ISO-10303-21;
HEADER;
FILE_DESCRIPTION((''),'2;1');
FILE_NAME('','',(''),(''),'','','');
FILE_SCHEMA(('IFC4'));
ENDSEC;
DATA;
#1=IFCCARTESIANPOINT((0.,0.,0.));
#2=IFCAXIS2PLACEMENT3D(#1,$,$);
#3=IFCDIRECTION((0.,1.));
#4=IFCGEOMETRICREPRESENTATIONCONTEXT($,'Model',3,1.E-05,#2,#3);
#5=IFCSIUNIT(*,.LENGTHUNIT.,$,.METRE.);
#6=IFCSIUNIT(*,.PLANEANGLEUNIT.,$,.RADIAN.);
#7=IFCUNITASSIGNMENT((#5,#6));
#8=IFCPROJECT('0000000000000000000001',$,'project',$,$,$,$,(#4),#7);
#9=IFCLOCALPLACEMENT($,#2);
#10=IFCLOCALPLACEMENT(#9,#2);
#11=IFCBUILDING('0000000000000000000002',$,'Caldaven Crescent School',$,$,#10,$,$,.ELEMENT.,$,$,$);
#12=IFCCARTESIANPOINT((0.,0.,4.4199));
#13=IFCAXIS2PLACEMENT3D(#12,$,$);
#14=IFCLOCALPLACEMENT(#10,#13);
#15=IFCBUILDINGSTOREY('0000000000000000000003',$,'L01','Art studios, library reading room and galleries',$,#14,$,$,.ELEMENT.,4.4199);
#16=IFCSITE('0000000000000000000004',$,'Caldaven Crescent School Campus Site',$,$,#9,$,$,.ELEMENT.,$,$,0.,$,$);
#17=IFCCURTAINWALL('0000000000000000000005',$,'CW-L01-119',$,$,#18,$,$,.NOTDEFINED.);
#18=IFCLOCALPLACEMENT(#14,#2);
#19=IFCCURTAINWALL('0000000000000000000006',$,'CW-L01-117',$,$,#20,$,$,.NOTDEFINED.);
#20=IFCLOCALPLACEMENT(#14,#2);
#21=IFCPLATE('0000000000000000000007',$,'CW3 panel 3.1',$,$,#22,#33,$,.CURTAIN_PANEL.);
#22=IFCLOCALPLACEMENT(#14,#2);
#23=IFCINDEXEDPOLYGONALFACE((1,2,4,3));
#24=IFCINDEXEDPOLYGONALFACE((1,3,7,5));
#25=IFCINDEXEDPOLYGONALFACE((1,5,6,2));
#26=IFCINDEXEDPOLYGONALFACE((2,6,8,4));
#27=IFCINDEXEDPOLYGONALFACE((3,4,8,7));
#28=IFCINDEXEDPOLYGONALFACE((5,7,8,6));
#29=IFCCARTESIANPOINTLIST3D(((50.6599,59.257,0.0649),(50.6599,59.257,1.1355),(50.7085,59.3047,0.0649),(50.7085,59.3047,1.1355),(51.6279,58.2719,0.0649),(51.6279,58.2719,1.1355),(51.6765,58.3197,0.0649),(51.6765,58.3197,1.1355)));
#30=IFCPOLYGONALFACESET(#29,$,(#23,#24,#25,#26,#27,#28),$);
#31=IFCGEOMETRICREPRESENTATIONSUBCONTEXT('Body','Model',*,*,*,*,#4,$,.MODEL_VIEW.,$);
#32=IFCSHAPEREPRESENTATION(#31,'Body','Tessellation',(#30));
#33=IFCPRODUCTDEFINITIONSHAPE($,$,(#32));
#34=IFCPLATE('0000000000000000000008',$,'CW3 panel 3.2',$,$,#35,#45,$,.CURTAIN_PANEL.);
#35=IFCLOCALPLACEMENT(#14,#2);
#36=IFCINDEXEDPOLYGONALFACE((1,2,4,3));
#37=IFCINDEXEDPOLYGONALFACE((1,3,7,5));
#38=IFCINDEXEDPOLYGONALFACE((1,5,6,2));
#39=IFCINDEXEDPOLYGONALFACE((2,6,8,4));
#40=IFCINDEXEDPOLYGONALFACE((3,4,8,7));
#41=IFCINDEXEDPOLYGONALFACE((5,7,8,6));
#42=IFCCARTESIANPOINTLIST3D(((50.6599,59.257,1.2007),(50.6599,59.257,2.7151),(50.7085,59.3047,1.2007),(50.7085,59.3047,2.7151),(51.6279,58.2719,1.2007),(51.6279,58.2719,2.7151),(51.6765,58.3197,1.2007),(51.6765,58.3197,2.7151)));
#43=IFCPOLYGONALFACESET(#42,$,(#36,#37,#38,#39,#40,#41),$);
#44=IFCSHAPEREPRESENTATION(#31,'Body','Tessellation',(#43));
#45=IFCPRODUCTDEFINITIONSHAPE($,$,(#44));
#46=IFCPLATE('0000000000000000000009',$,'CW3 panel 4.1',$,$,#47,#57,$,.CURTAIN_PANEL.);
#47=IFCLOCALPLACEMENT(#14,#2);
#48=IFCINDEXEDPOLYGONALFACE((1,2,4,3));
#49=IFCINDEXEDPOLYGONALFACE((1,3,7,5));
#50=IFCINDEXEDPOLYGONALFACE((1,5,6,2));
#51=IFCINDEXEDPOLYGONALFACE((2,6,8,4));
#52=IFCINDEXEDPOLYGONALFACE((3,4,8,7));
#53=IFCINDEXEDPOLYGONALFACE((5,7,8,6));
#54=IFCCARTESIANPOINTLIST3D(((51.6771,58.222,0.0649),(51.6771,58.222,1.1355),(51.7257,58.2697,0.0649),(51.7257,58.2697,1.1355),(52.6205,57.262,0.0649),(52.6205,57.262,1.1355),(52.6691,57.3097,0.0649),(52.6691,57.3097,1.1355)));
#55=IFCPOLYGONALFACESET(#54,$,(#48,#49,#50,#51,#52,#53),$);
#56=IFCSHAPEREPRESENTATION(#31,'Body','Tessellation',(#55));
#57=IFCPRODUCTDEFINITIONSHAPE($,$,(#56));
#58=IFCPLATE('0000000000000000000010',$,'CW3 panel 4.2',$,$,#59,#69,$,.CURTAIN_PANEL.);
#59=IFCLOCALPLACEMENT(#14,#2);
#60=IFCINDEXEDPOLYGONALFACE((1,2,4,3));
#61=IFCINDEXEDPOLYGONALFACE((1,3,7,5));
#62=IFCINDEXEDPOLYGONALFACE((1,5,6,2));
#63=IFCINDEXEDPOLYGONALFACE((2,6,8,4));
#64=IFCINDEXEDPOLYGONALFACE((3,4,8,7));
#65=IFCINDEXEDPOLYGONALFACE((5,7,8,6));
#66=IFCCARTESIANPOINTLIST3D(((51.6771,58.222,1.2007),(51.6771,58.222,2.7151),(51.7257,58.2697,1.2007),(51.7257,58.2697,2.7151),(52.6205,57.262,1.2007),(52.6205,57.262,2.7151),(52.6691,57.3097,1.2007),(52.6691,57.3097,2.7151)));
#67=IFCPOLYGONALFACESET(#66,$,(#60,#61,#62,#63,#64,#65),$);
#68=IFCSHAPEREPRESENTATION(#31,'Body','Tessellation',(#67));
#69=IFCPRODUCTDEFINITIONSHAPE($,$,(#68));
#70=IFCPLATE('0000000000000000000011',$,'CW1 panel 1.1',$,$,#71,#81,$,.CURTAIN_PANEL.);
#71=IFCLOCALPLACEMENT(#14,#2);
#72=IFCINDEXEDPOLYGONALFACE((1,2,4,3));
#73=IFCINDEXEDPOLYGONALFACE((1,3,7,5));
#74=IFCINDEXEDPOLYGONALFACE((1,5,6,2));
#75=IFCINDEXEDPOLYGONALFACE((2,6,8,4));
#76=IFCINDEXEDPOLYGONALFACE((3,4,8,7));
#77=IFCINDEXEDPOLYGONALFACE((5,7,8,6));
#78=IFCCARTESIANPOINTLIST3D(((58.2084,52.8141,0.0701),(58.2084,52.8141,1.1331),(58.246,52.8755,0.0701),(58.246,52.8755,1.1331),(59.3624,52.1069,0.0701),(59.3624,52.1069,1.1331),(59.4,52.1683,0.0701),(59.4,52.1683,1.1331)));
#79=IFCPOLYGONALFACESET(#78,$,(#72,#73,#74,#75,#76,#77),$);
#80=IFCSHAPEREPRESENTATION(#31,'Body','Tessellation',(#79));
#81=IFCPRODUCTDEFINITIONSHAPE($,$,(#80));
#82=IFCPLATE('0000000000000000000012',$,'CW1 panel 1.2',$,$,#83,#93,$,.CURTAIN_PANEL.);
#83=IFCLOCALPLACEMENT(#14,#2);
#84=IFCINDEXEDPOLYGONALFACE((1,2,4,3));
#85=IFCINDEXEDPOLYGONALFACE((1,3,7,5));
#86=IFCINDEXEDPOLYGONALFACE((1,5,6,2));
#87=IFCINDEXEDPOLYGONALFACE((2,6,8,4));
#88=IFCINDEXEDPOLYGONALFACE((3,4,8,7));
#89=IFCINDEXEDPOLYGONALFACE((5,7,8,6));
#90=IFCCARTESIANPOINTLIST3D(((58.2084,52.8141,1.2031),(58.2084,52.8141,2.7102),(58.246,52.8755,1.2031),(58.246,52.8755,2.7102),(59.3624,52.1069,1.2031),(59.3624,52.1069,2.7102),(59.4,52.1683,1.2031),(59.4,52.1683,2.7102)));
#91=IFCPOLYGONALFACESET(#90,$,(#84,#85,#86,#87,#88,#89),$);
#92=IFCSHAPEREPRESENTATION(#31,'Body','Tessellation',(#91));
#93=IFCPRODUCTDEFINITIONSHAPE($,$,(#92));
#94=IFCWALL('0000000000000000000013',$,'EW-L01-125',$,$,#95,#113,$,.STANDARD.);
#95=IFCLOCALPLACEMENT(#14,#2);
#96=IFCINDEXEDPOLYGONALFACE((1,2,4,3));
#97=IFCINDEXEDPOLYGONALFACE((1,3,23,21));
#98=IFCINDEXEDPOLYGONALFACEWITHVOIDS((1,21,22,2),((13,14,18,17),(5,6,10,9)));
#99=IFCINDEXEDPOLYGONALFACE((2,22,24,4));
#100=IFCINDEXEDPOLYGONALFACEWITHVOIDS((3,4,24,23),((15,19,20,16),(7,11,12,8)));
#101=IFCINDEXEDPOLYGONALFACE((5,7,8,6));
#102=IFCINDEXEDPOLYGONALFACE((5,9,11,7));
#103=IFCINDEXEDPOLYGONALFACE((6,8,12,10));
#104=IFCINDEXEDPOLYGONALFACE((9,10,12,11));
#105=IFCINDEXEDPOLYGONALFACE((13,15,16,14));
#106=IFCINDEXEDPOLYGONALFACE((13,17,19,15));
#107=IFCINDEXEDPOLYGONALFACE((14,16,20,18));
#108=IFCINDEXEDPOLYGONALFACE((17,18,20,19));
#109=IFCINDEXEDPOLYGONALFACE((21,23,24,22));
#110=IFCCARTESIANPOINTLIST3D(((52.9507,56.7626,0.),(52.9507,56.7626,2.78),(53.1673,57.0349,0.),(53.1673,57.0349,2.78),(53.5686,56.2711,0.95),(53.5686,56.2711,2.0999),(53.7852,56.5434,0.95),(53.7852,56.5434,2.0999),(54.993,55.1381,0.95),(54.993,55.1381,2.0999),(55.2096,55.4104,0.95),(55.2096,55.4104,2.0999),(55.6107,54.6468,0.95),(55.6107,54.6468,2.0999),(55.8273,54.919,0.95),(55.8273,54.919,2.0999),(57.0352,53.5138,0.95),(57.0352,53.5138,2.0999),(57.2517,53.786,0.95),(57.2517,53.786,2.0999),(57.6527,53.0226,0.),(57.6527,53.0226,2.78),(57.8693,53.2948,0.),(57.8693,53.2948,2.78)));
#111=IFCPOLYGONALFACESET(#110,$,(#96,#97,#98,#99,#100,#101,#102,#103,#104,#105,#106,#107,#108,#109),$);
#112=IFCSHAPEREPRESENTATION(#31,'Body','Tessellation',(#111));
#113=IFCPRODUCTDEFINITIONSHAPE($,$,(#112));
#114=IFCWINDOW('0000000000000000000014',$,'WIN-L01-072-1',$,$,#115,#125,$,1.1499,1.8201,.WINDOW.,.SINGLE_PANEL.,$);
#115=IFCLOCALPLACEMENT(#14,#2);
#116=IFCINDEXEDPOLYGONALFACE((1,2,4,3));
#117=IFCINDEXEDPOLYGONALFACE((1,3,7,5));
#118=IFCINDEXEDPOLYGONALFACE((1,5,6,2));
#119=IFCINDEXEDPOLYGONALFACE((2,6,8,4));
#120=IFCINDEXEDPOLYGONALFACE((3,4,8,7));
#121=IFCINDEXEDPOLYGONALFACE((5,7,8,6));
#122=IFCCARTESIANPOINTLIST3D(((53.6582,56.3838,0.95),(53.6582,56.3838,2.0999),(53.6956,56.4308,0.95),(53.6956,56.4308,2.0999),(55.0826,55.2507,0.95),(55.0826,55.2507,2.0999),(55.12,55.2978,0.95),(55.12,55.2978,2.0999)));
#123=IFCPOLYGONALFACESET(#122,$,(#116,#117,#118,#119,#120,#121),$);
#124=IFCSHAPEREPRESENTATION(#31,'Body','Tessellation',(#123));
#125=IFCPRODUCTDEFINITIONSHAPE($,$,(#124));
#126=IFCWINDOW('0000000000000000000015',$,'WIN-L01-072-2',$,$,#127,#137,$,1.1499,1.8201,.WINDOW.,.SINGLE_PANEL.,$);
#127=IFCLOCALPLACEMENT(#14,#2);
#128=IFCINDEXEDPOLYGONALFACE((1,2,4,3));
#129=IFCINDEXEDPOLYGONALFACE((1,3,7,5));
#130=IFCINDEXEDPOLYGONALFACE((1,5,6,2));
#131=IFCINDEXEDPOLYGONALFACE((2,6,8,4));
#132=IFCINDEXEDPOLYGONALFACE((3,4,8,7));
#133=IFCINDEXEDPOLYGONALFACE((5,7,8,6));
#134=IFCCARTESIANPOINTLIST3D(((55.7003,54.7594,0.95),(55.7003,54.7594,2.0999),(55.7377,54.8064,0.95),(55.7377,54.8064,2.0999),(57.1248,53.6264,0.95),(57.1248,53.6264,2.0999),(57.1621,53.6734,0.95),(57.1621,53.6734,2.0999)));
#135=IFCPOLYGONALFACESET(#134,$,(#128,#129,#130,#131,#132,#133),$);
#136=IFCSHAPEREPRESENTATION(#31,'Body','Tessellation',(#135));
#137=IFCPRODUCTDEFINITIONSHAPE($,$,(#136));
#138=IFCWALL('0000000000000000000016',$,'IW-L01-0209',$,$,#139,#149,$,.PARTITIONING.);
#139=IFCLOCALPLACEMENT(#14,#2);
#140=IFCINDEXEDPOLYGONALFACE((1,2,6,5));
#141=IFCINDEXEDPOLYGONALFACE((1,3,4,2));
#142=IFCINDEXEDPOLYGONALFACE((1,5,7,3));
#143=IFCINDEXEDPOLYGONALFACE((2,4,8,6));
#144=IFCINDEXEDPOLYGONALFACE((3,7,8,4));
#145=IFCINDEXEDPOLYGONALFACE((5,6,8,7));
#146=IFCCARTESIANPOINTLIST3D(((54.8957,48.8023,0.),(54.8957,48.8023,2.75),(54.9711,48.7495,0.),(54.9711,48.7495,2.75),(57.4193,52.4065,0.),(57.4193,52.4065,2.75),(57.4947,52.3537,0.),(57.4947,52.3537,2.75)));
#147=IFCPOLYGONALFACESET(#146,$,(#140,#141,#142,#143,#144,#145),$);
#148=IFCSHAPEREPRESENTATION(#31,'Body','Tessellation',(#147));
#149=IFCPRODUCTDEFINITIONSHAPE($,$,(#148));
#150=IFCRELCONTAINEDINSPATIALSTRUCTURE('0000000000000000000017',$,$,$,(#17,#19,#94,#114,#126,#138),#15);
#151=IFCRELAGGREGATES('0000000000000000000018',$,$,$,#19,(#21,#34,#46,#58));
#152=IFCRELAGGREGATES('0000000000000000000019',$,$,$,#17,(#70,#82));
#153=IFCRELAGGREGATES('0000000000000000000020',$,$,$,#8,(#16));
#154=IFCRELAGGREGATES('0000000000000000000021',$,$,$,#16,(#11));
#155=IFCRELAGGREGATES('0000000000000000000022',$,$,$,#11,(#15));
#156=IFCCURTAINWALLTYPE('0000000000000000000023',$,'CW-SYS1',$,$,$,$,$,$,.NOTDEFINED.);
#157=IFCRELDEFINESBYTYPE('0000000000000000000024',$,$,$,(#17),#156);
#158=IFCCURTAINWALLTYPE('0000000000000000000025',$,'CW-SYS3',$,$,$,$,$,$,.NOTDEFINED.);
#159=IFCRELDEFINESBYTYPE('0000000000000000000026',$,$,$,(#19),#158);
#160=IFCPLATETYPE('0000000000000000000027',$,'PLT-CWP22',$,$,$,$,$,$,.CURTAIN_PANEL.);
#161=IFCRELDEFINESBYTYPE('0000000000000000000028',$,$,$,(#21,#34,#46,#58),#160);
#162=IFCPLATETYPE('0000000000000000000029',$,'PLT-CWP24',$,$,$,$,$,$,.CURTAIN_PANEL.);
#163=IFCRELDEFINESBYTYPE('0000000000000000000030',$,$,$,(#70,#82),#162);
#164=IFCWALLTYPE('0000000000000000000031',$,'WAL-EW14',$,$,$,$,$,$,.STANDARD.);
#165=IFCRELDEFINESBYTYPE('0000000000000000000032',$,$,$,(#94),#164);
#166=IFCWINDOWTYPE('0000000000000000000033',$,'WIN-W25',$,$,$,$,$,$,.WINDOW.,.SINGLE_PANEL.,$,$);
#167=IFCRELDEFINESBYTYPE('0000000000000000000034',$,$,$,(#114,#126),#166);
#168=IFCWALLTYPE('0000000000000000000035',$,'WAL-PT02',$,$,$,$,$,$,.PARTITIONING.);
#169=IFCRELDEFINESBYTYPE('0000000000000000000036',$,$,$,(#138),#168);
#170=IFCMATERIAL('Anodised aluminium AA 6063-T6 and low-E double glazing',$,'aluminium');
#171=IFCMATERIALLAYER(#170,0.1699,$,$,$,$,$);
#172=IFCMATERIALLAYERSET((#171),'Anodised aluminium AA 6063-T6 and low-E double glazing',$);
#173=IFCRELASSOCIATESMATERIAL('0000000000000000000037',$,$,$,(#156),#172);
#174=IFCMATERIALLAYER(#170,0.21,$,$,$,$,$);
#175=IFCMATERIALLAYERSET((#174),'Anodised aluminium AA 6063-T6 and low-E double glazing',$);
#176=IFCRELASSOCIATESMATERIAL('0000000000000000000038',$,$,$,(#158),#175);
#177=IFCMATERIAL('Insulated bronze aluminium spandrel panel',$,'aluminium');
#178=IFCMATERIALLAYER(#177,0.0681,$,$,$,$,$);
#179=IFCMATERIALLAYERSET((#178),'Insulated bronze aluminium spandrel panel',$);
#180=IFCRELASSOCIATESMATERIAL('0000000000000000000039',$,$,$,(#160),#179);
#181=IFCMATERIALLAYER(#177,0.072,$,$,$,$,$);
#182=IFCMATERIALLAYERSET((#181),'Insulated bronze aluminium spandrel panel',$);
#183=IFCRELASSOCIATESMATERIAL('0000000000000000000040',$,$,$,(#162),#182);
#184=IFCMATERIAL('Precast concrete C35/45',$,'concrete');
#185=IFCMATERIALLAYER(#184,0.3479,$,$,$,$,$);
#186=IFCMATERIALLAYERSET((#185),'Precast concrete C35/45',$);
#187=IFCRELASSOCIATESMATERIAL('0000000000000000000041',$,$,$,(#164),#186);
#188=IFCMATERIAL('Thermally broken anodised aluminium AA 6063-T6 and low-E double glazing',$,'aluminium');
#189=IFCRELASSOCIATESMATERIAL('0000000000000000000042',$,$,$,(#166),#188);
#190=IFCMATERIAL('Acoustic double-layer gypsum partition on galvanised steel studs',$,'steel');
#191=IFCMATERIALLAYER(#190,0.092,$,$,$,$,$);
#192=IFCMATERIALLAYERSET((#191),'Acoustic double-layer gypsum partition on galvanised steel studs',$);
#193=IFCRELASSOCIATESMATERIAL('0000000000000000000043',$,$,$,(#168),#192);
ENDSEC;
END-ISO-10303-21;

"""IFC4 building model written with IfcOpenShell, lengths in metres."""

from ifc_helpers import new_model, si_unit, direction, frame, frame_2d, origin, origin_2d, place, context, subcontext, project, spatial, rectangle, extrude, material, layer, layer_set, type_object, element, fill, aggregate, save


model = new_model("IFC4")

# Units and contexts
model_context = context("Model", 3, precision=1e-05, world=origin(), true_north=direction((0.0, 1.0)))
body_context = subcontext(model_context, "Body", "Model", "MODEL_VIEW")
ifc_project = project(units=[si_unit("LENGTHUNIT", "METRE"), si_unit("PLANEANGLEUNIT", "RADIAN")], contexts=[model_context])

# Site, building, storey
site_placement = place(None, origin())
site = spatial("IfcSite", under=ifc_project, at=site_placement, Name="Caldaven Crescent School Campus Site", CompositionType="ELEMENT", RefElevation=0.0)
building_placement = place(site_placement, origin())
building = spatial("IfcBuilding", under=site, at=building_placement, Name="Caldaven Crescent School", CompositionType="ELEMENT")
storey_placement = place(building_placement, frame((0.0, 0.0, 4.4199)))
storey = spatial("IfcBuildingStorey", under=building, at=storey_placement, Name="L01", Description="Art studios, library reading room and galleries", CompositionType="ELEMENT", Elevation=4.4199)

# Curtain walls
ifc_material_1 = material(Name="Anodised aluminium AA 6063-T6 and low-E double glazing", Category="aluminium")
ifc_layer_1 = layer(ifc_material_1, 0.1699)
ifc_layer_set_1 = layer_set([ifc_layer_1], Name="Anodised aluminium AA 6063-T6 and low-E double glazing")
curtain_wall_type_1 = type_object("IfcCurtainWallType", Name="CW-SYS1", PredefinedType="NOTDEFINED", material=ifc_layer_set_1)
curtain_wall_1_placement = place(storey_placement, origin())
curtain_wall_1 = element("IfcCurtainWall", 1, at=curtain_wall_1_placement, inside=storey, type_object=curtain_wall_type_1, Name="CW-L01-119", PredefinedType="NOTDEFINED")
ifc_layer_2 = layer(ifc_material_1, 0.21)
ifc_layer_set_2 = layer_set([ifc_layer_2], Name="Anodised aluminium AA 6063-T6 and low-E double glazing")
curtain_wall_type_2 = type_object("IfcCurtainWallType", Name="CW-SYS3", PredefinedType="NOTDEFINED", material=ifc_layer_set_2)
curtain_wall_2_placement = place(storey_placement, origin())
curtain_wall_2 = element("IfcCurtainWall", 2, at=curtain_wall_2_placement, inside=storey, type_object=curtain_wall_type_2, Name="CW-L01-117", PredefinedType="NOTDEFINED")

# Plates
ifc_material_2 = material(Name="Insulated bronze aluminium spandrel panel", Category="aluminium")
ifc_layer_3 = layer(ifc_material_2, 0.0681)
ifc_layer_set_3 = layer_set([ifc_layer_3], Name="Insulated bronze aluminium spandrel panel")
plate_type_1 = type_object("IfcPlateType", Name="PLT-CWP22", PredefinedType="CURTAIN_PANEL", material=ifc_layer_set_3)
plate_1_placement = place(storey_placement, frame((51.1682, 58.7883, 0.0649), z_axis=(0.0, 0.0, 1.0), x_axis=(0.700909, -0.713251, 0.0)))
plate_1 = element("IfcPlate", 3, at=plate_1_placement, type_object=plate_type_1, Name="CW3 panel 3.1", PredefinedType="CURTAIN_PANEL", context=body_context, shape_type="SweptSolid", body=[
    extrude(rectangle(XDim=1.3811, YDim=0.0681, at=origin_2d()), origin(), (0.0, 0.0, 1.0), 1.0706),
])
plate_2_placement = place(storey_placement, frame((51.1682, 58.7883, 1.2007), z_axis=(0.0, 0.0, 1.0), x_axis=(0.700909, -0.713251, 0.0)))
plate_2 = element("IfcPlate", 4, at=plate_2_placement, type_object=plate_type_1, Name="CW3 panel 3.2", PredefinedType="CURTAIN_PANEL", context=body_context, shape_type="SweptSolid", body=[
    extrude(rectangle(XDim=1.3811, YDim=0.0681, at=origin_2d()), origin(), (0.0, 0.0, 1.0), 1.5144),
])
plate_3_placement = place(storey_placement, frame((52.1731, 57.7659, 0.0649), z_axis=(0.0, 0.0, 1.0), x_axis=(0.700909, -0.713251, 0.0)))
plate_3 = element("IfcPlate", 5, at=plate_3_placement, type_object=plate_type_1, Name="CW3 panel 4.1", PredefinedType="CURTAIN_PANEL", context=body_context, shape_type="SweptSolid", body=[
    extrude(rectangle(XDim=1.3459, YDim=0.0681, at=origin_2d()), origin(), (0.0, 0.0, 1.0), 1.0706),
])
plate_4_placement = place(storey_placement, frame((52.1731, 57.7659, 1.2007), z_axis=(0.0, 0.0, 1.0), x_axis=(0.700909, -0.713251, 0.0)))
plate_4 = element("IfcPlate", 6, at=plate_4_placement, type_object=plate_type_1, Name="CW3 panel 4.2", PredefinedType="CURTAIN_PANEL", context=body_context, shape_type="SweptSolid", body=[
    extrude(rectangle(XDim=1.3459, YDim=0.0681, at=origin_2d()), origin(), (0.0, 0.0, 1.0), 1.5144),
])
aggregate(curtain_wall_2, [plate_1, plate_2, plate_3, plate_4])
ifc_layer_4 = layer(ifc_material_2, 0.072)
ifc_layer_set_4 = layer_set([ifc_layer_4], Name="Insulated bronze aluminium spandrel panel")
plate_type_2 = type_object("IfcPlateType", Name="PLT-CWP24", PredefinedType="CURTAIN_PANEL", material=ifc_layer_set_4)
plate_5_placement = place(storey_placement, frame((58.8042, 52.4912, 0.0701), z_axis=(0.0, 0.0, 1.0), x_axis=(0.85264, -0.522499, 0.0)))
plate_5 = element("IfcPlate", 7, at=plate_5_placement, type_object=plate_type_2, Name="CW1 panel 1.1", PredefinedType="CURTAIN_PANEL", context=body_context, shape_type="SweptSolid", body=[
    extrude(rectangle(XDim=1.3535, YDim=0.072, at=origin_2d()), origin(), (0.0, 0.0, 1.0), 1.063),
])
plate_6_placement = place(storey_placement, frame((58.8042, 52.4912, 1.2031), z_axis=(0.0, 0.0, 1.0), x_axis=(0.85264, -0.522499, 0.0)))
plate_6 = element("IfcPlate", 8, at=plate_6_placement, type_object=plate_type_2, Name="CW1 panel 1.2", PredefinedType="CURTAIN_PANEL", context=body_context, shape_type="SweptSolid", body=[
    extrude(rectangle(XDim=1.3535, YDim=0.072, at=origin_2d()), origin(), (0.0, 0.0, 1.0), 1.5071),
])
aggregate(curtain_wall_1, [plate_5, plate_6])

# Wall, openings, windows
ifc_material_3 = material(Name="Precast concrete C35/45", Category="concrete")
ifc_layer_5 = layer(ifc_material_3, 0.3479)
ifc_layer_set_5 = layer_set([ifc_layer_5], Name="Precast concrete C35/45")
wall_type_1 = type_object("IfcWallType", Name="WAL-EW14", PredefinedType="STANDARD", material=ifc_layer_set_5)
wall_1_placement = place(storey_placement, frame((53.0591, 56.8987, 0.0), z_axis=(0.0, 0.0, 1.0), x_axis=(0.782614, -0.622507, 0.0)))
wall_1 = element("IfcWall", 9, at=wall_1_placement, inside=storey, type_object=wall_type_1, Name="EW-L01-125", PredefinedType="STANDARD", context=body_context, shape_type="SweptSolid", body=[
    extrude(rectangle(XDim=6.0081, YDim=0.3479, at=frame_2d((3.0039, 0.0))), origin(), (0.0, 0.0, 1.0), 2.78),
])
opening_1_placement = place(wall_1_placement, frame((0.7893, 0.0, 0.95)))
opening_1 = element("IfcOpeningElement", 10, at=opening_1_placement, cuts=wall_1, PredefinedType="OPENING", context=body_context, shape_type="SweptSolid", body=[
    extrude(rectangle(XDim=1.8201, YDim=1.1499, at=frame_2d((0.9102, 0.575))), frame((0.0, 0.1838, 0.0), z_axis=(0.0, -1.0, 0.0), x_axis=(1.0, 0.0, 0.0)), (0.0, 0.0, 1.0), 0.3679),
])
opening_2_placement = place(wall_1_placement, frame((3.3987, 0.0, 0.95)))
opening_2 = element("IfcOpeningElement", 11, at=opening_2_placement, cuts=wall_1, PredefinedType="OPENING", context=body_context, shape_type="SweptSolid", body=[
    extrude(rectangle(XDim=1.8201, YDim=1.1499, at=frame_2d((0.9102, 0.575))), frame((0.0, 0.1838, 0.0), z_axis=(0.0, -1.0, 0.0), x_axis=(1.0, 0.0, 0.0)), (0.0, 0.0, 1.0), 0.3679),
])
ifc_material_4 = material(Name="Thermally broken anodised aluminium AA 6063-T6 and low-E double glazing", Category="aluminium")
window_type = type_object("IfcWindowType", Name="WIN-W25", PartitioningType="SINGLE_PANEL", PredefinedType="WINDOW", material=ifc_material_4)
window_1_placement = place(opening_1_placement, origin())
window_1 = element("IfcWindow", 12, at=window_1_placement, inside=storey, type_object=window_type, Name="WIN-L01-072-1", OverallHeight=1.1499, OverallWidth=1.8201, PartitioningType="SINGLE_PANEL", PredefinedType="WINDOW", context=body_context, shape_type="SweptSolid", body=[
    extrude(rectangle(XDim=1.8201, YDim=1.1499, at=frame_2d((0.9102, 0.575))), frame((0.0, 0.03, 0.0), z_axis=(0.0, -1.0, 0.0), x_axis=(1.0, 0.0, 0.0)), (0.0, 0.0, 1.0), 0.0601),
])
fill(opening_1, window_1)
window_2_placement = place(opening_2_placement, origin())
window_2 = element("IfcWindow", 13, at=window_2_placement, inside=storey, type_object=window_type, Name="WIN-L01-072-2", OverallHeight=1.1499, OverallWidth=1.8201, PartitioningType="SINGLE_PANEL", PredefinedType="WINDOW", context=body_context, shape_type="SweptSolid", body=[
    extrude(rectangle(XDim=1.8201, YDim=1.1499, at=frame_2d((0.9102, 0.575))), frame((0.0, 0.03, 0.0), z_axis=(0.0, -1.0, 0.0), x_axis=(1.0, 0.0, 0.0)), (0.0, 0.0, 1.0), 0.0601),
])
fill(opening_2, window_2)

# Wall
ifc_material_5 = material(Name="Acoustic double-layer gypsum partition on galvanised steel studs", Category="steel")
ifc_layer_6 = layer(ifc_material_5, 0.092)
ifc_layer_set_6 = layer_set([ifc_layer_6], Name="Acoustic double-layer gypsum partition on galvanised steel studs")
wall_type_2 = type_object("IfcWallType", Name="WAL-PT02", PredefinedType="PARTITIONING", material=ifc_layer_set_6)
wall_2_placement = place(storey_placement, frame((57.457, 52.3801, 0.0), z_axis=(0.0, 0.0, 1.0), x_axis=(-0.57357, -0.819156, 0.0)))
element("IfcWall", 14, at=wall_2_placement, inside=storey, type_object=wall_type_2, Name="IW-L01-0209", PredefinedType="PARTITIONING", context=body_context, shape_type="SweptSolid", body=[
    extrude(rectangle(XDim=4.3999, YDim=0.092, at=frame_2d((2.2, 0.0))), origin(), (0.0, 0.0, 1.0), 2.75),
])

save(model, "model.ifc")
